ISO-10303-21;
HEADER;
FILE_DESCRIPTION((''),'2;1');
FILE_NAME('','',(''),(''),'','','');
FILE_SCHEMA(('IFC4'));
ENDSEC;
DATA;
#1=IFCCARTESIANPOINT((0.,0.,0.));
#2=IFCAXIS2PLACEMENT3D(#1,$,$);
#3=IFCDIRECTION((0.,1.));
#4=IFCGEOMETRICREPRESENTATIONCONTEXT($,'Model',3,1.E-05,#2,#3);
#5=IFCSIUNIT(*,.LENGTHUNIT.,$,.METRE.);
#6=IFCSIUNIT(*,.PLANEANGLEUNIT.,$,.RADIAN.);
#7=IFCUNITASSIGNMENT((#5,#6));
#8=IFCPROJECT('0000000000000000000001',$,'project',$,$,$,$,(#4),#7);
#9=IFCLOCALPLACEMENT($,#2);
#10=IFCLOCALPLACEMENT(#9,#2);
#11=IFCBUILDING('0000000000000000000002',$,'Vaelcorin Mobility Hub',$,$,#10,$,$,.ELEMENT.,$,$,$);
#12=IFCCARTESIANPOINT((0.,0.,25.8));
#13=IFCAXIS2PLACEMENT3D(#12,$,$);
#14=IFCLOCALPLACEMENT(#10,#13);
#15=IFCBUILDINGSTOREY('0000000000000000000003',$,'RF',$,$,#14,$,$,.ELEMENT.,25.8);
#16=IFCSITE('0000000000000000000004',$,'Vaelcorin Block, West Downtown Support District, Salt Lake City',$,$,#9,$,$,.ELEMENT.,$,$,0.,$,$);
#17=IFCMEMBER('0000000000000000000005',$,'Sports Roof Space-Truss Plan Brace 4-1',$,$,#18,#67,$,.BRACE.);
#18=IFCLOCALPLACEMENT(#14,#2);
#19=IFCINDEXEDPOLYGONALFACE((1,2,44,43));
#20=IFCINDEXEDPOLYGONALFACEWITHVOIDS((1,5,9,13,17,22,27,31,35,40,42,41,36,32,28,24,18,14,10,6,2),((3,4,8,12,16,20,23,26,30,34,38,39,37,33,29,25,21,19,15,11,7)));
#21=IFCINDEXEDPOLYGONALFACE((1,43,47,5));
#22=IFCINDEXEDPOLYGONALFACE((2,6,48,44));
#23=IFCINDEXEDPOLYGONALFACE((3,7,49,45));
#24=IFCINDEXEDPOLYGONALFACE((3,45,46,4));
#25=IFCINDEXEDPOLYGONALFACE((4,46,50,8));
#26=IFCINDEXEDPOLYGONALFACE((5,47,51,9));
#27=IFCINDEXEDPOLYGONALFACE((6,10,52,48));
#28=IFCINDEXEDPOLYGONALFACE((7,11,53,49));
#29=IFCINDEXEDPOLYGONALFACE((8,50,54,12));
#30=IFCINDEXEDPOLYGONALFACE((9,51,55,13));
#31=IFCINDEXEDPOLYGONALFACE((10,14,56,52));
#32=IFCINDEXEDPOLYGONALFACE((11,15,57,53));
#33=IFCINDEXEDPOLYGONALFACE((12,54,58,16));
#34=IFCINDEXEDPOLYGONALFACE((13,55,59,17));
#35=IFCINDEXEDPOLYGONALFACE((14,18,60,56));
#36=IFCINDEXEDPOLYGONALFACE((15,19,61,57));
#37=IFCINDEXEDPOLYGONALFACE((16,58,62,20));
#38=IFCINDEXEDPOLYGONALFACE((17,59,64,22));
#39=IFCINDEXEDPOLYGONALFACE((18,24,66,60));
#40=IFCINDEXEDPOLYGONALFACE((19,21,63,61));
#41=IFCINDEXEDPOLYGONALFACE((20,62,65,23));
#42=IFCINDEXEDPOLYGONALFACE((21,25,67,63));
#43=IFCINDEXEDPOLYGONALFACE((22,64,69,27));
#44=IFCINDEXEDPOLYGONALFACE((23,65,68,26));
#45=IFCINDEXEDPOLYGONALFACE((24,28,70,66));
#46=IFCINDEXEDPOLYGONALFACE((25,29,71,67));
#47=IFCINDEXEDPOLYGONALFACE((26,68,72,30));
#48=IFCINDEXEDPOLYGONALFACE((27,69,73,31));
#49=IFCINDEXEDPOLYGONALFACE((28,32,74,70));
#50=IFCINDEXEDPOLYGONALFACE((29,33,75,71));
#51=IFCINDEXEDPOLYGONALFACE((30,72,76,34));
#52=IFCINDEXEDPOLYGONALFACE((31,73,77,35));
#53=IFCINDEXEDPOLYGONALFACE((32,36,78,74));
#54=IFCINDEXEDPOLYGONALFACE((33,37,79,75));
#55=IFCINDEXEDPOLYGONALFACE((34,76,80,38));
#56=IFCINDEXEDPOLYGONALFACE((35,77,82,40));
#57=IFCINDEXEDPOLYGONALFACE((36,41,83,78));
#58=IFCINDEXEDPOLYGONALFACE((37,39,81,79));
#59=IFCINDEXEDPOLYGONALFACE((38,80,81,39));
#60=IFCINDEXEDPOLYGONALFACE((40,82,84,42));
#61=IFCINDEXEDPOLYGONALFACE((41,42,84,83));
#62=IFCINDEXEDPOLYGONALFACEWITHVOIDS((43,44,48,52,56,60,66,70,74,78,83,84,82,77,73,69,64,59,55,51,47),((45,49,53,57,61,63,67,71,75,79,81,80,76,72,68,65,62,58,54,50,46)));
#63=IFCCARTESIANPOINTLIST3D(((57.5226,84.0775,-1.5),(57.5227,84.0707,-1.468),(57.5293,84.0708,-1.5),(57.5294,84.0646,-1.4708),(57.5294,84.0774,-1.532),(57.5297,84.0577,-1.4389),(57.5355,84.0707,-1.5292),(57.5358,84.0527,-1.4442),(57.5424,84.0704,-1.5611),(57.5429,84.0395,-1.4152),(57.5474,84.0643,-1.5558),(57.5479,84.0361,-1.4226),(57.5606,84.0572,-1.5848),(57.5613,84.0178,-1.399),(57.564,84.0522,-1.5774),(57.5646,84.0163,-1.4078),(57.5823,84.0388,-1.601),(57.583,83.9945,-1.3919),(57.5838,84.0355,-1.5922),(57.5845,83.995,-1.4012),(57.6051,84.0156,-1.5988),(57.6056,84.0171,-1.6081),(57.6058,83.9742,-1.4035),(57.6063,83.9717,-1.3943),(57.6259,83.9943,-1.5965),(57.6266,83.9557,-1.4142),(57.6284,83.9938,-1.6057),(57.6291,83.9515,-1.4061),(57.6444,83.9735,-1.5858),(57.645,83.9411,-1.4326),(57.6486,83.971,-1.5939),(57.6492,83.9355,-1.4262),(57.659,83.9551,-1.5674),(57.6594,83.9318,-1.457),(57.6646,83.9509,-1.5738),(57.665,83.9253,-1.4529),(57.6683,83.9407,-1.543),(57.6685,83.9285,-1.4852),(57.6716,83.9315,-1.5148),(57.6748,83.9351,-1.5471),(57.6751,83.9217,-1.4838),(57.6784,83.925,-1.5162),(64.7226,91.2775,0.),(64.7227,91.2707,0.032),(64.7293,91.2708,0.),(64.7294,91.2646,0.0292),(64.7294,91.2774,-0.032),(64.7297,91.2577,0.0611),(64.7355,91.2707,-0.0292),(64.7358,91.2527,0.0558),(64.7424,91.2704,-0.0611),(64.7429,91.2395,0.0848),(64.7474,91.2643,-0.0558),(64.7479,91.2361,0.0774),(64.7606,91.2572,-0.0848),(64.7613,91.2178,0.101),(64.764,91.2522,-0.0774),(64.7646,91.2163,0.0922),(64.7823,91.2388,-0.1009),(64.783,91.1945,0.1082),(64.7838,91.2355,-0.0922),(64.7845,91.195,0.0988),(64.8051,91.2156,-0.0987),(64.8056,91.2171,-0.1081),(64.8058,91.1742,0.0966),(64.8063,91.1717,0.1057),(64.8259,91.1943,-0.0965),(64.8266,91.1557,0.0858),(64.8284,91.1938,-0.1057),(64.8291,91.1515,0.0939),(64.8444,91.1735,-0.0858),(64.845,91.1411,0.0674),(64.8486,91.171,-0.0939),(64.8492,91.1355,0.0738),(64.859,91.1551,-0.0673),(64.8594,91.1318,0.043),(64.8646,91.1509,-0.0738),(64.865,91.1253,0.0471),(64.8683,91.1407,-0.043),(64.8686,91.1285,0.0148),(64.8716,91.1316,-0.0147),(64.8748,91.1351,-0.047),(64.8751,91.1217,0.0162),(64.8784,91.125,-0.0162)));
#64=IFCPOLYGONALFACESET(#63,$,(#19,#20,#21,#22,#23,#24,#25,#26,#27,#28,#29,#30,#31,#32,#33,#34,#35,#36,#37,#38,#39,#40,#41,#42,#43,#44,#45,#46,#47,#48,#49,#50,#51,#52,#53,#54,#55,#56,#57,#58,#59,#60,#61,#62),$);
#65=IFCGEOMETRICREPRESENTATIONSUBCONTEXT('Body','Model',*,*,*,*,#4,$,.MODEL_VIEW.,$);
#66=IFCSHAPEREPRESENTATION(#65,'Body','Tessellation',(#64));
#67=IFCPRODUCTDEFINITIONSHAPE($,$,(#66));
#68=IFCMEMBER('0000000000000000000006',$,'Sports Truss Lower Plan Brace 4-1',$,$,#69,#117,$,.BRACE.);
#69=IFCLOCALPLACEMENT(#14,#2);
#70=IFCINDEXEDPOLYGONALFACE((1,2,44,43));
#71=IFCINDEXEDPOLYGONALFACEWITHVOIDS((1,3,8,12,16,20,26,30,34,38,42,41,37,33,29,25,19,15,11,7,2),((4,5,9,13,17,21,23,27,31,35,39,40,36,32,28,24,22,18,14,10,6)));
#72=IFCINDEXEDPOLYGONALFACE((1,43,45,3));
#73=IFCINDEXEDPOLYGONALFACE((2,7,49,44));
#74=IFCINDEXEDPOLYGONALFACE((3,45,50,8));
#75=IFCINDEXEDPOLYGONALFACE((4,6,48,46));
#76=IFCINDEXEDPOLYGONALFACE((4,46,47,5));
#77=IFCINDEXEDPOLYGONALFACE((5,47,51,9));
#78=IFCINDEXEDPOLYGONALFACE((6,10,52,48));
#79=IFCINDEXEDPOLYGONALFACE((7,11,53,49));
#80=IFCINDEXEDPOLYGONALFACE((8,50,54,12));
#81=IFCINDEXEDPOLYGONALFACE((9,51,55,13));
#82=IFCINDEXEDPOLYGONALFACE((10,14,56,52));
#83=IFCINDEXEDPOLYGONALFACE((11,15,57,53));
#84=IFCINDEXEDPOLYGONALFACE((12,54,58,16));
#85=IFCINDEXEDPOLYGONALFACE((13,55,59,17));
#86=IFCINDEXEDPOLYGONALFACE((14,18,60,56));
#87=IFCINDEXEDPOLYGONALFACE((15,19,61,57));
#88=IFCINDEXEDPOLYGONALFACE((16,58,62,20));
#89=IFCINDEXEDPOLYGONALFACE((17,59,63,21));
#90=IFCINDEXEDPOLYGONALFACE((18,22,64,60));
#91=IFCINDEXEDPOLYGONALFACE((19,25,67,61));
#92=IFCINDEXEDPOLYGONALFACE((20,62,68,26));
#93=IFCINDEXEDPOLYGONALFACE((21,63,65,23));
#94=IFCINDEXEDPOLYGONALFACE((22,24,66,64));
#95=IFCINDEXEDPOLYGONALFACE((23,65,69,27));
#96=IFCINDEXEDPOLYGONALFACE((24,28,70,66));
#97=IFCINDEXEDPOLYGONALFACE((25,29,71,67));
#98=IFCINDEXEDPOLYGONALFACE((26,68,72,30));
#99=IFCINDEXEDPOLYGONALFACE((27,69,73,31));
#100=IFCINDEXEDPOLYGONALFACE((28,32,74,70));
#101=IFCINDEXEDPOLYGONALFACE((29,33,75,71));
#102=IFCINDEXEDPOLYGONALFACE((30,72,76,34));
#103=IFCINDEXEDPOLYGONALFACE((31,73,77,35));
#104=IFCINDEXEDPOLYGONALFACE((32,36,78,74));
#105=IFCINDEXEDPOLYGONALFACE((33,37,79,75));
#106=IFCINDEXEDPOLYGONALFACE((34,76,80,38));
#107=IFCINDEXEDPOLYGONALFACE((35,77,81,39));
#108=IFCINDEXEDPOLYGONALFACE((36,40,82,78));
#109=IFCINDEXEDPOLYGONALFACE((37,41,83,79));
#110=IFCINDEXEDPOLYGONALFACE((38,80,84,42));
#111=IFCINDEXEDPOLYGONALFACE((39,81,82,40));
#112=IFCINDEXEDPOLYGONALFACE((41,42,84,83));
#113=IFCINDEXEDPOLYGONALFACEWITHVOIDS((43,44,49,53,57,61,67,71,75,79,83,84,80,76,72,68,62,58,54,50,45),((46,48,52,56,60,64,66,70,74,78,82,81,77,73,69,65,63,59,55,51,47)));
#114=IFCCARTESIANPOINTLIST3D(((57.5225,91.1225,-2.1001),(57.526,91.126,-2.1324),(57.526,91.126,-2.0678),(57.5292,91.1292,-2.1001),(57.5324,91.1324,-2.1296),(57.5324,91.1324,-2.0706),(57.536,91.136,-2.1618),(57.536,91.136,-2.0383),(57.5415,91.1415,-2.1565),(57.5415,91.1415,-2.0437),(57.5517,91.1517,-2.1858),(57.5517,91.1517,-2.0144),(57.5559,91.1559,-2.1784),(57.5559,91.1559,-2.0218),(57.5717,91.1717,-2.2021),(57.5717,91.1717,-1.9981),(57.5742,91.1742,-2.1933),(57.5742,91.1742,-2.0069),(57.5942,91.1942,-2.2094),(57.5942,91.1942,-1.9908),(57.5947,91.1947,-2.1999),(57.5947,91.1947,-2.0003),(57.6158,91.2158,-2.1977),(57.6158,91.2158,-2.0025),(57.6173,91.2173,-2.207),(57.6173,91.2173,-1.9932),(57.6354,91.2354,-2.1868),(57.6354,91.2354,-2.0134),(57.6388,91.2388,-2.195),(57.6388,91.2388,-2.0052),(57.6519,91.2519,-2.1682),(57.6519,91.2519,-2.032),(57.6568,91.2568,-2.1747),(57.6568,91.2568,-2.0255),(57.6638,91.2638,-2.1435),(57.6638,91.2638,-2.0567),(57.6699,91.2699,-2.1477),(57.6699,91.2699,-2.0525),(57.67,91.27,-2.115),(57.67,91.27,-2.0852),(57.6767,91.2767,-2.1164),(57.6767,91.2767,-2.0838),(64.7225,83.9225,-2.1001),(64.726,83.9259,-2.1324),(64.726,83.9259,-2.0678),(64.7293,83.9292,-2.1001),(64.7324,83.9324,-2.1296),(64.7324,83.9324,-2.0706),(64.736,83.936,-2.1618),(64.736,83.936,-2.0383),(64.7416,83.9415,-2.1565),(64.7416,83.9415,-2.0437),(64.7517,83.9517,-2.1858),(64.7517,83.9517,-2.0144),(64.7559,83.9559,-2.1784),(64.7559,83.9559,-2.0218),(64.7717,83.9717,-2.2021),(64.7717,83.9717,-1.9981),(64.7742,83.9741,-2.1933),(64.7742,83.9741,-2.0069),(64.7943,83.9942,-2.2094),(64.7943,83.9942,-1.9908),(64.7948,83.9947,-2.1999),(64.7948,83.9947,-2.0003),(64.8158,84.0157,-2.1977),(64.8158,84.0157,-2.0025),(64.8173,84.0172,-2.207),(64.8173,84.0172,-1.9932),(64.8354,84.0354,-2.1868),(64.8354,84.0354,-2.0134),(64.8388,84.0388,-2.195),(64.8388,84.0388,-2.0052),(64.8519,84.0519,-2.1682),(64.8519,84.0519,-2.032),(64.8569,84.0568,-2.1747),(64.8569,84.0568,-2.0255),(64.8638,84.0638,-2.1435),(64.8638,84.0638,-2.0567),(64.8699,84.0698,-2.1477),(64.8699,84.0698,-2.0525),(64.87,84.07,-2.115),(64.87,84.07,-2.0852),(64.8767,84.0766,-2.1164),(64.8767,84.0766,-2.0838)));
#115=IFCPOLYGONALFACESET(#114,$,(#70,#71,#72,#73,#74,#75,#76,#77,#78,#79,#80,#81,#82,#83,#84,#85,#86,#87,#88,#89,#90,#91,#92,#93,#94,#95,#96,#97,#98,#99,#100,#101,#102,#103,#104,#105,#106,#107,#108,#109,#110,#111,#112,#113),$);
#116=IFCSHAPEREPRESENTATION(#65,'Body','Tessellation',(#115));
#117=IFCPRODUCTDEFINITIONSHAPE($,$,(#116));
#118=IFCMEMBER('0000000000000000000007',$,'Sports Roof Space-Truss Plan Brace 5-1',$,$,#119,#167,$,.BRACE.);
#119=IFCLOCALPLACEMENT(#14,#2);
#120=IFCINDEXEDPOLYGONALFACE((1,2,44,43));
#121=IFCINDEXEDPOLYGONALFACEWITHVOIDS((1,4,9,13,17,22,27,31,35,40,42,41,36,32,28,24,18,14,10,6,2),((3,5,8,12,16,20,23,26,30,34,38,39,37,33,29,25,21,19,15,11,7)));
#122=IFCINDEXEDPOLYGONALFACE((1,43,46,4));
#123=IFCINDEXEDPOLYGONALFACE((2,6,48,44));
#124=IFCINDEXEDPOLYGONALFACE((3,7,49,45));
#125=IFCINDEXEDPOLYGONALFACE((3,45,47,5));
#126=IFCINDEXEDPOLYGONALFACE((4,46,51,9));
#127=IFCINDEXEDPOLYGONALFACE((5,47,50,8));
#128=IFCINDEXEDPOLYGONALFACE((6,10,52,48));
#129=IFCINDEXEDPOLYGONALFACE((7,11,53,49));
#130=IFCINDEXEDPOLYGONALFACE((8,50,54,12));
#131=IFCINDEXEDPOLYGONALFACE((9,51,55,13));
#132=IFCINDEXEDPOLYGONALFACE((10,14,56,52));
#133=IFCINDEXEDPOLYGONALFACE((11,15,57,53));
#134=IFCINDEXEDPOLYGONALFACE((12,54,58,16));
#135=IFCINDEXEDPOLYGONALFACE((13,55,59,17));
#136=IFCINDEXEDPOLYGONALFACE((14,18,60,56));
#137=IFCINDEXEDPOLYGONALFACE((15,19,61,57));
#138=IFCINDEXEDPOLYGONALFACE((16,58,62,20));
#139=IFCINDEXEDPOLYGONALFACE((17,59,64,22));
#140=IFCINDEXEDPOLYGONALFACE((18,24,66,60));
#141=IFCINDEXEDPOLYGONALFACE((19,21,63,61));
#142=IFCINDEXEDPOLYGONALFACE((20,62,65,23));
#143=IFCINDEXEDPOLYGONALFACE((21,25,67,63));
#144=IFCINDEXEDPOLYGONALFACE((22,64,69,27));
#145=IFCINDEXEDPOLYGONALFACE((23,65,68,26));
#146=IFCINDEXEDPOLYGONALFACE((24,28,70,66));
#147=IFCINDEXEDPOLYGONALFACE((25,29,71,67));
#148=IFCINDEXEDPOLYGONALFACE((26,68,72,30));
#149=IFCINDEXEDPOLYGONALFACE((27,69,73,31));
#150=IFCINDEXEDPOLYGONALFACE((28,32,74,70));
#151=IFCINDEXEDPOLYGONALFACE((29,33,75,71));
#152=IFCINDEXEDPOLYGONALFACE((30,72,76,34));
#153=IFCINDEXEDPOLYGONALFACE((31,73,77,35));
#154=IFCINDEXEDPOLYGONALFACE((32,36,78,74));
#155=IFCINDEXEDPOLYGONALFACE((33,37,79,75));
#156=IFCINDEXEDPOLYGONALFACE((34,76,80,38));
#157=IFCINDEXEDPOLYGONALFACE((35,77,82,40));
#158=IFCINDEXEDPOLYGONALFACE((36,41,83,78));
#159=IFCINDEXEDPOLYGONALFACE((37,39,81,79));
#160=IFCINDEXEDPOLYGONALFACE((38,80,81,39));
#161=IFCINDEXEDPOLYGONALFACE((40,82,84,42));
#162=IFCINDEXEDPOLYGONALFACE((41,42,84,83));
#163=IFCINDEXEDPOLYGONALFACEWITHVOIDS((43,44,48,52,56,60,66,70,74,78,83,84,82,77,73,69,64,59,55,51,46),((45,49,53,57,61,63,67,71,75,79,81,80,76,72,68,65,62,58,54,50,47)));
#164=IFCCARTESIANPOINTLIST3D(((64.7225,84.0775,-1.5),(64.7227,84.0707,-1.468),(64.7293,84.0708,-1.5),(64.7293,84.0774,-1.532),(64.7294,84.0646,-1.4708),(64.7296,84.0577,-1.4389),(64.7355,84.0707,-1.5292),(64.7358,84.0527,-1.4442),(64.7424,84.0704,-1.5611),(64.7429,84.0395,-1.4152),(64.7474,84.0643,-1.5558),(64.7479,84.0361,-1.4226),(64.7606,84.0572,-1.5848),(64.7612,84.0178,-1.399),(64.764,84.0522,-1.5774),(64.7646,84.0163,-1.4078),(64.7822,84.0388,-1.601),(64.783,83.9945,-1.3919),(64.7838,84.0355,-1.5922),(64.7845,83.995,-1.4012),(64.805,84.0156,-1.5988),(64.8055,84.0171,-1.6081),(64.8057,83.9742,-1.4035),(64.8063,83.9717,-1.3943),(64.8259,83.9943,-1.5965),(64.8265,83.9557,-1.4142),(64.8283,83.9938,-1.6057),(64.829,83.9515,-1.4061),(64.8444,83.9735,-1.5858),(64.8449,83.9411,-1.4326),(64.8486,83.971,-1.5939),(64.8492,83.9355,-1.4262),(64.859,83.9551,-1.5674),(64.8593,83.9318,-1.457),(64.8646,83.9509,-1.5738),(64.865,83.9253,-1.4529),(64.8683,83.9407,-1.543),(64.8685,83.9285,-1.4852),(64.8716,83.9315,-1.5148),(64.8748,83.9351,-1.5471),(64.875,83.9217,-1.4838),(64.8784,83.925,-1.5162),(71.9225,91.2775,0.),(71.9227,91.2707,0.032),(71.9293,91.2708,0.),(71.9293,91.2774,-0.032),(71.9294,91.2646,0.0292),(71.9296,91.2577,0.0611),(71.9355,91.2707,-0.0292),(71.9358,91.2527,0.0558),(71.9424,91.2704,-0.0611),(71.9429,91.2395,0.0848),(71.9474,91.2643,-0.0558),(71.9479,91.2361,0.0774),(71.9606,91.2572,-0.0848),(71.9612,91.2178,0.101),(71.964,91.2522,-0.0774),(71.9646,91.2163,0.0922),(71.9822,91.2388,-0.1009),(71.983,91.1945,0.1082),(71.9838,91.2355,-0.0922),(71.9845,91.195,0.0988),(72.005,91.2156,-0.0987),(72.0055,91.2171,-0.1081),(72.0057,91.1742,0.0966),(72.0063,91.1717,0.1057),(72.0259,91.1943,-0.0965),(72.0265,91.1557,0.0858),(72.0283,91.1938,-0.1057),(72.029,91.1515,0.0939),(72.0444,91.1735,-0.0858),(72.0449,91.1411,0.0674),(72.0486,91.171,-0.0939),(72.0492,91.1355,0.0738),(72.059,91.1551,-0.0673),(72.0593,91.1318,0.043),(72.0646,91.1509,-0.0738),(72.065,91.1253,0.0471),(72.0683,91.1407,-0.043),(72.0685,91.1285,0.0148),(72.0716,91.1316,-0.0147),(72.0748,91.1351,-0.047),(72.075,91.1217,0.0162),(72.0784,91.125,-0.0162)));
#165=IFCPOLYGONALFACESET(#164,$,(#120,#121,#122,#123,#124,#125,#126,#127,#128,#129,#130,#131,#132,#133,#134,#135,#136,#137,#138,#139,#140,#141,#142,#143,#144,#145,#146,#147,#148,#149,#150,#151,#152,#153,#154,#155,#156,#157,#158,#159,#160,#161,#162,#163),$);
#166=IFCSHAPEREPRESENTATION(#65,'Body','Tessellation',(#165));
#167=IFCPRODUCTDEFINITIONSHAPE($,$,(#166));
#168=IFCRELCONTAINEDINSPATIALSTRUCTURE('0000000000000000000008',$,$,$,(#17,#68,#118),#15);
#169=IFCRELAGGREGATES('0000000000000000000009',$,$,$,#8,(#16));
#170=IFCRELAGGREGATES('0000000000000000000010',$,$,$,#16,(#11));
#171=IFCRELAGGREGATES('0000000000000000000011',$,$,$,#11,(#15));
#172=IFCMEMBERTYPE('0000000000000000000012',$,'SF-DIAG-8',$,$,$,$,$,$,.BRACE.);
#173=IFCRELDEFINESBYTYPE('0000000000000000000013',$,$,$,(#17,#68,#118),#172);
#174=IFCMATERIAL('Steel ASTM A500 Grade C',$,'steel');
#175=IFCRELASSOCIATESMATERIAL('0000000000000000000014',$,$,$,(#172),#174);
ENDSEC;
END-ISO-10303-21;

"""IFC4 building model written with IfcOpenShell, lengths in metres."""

from ifc_helpers import new_model, si_unit, direction, frame, origin, origin_2d, place, context, subcontext, project, spatial, hollow_circle, extrude, material, material_profile, profile_set, type_object, element, save


model = new_model("IFC4")

# Units and contexts
model_context = context("Model", 3, precision=1e-05, world=origin(), true_north=direction((0.0, 1.0)))
body_context = subcontext(model_context, "Body", "Model", "MODEL_VIEW")
ifc_project = project(units=[si_unit("LENGTHUNIT", "METRE"), si_unit("PLANEANGLEUNIT", "RADIAN")], contexts=[model_context])

# Site, building, storey
site_placement = place(None, origin())
site = spatial("IfcSite", under=ifc_project, at=site_placement, Name="Vaelcorin Block, West Downtown Support District, Salt Lake City", CompositionType="ELEMENT", RefElevation=0.0)
building_placement = place(site_placement, origin())
building = spatial("IfcBuilding", under=site, at=building_placement, Name="Vaelcorin Mobility Hub", CompositionType="ELEMENT")
storey_placement = place(building_placement, frame((0.0, 0.0, 25.8)))
storey = spatial("IfcBuildingStorey", under=building, at=storey_placement, Name="RF", CompositionType="ELEMENT", Elevation=25.8)

# Members
ifc_material_1 = material(Name="Steel ASTM A500 Grade C", Category="steel")
ifc_material_profile_1 = material_profile(ifc_material_1, hollow_circle(Radius=0.1096, WallThickness=0.0095, at=origin_2d()), Name="HSS8.625X0.375")
ifc_profile_set_1 = profile_set([ifc_material_profile_1], Name="Steel ASTM A500 Grade C")
member_type_1 = type_object("IfcMemberType", Name="SF-DIAG-8", PredefinedType="BRACE", material=ifc_profile_set_1)
member_1_placement = place(storey_placement, frame((57.6001, 84.0, -1.5), z_axis=(0.699557, 0.699557, 0.145742), x_axis=(-0.707107, 0.707107, 0.0)))
element("IfcMember", 1, at=member_1_placement, inside=storey, type_object=member_type_1, Name="Sports Roof Space-Truss Plan Brace 4-1", PredefinedType="BRACE", context=body_context, shape_type="SweptSolid", body=[
    extrude(hollow_circle(Radius=0.1096, WallThickness=0.0095, at=origin_2d()), origin(), (0.0, 0.0, 1.0), 10.2922),
])
member_2_placement = place(storey_placement, frame((64.8, 84.0, -2.1001), z_axis=(-0.707107, 0.707107, 0.0), x_axis=(-0.707107, -0.707107, 0.0)))
element("IfcMember", 2, at=member_2_placement, inside=storey, type_object=member_type_1, Name="Sports Truss Lower Plan Brace 4-1", PredefinedType="BRACE", context=body_context, shape_type="SweptSolid", body=[
    extrude(hollow_circle(Radius=0.1096, WallThickness=0.0095, at=origin_2d()), origin(), (0.0, 0.0, 1.0), 10.1824),
])
member_3_placement = place(storey_placement, frame((64.8, 84.0, -1.5), z_axis=(0.699557, 0.699557, 0.145742), x_axis=(-0.707107, 0.707107, 0.0)))
element("IfcMember", 3, at=member_3_placement, inside=storey, type_object=member_type_1, Name="Sports Roof Space-Truss Plan Brace 5-1", PredefinedType="BRACE", context=body_context, shape_type="SweptSolid", body=[
    extrude(hollow_circle(Radius=0.1096, WallThickness=0.0095, at=origin_2d()), origin(), (0.0, 0.0, 1.0), 10.2922),
])

save(model, "model.ifc")
